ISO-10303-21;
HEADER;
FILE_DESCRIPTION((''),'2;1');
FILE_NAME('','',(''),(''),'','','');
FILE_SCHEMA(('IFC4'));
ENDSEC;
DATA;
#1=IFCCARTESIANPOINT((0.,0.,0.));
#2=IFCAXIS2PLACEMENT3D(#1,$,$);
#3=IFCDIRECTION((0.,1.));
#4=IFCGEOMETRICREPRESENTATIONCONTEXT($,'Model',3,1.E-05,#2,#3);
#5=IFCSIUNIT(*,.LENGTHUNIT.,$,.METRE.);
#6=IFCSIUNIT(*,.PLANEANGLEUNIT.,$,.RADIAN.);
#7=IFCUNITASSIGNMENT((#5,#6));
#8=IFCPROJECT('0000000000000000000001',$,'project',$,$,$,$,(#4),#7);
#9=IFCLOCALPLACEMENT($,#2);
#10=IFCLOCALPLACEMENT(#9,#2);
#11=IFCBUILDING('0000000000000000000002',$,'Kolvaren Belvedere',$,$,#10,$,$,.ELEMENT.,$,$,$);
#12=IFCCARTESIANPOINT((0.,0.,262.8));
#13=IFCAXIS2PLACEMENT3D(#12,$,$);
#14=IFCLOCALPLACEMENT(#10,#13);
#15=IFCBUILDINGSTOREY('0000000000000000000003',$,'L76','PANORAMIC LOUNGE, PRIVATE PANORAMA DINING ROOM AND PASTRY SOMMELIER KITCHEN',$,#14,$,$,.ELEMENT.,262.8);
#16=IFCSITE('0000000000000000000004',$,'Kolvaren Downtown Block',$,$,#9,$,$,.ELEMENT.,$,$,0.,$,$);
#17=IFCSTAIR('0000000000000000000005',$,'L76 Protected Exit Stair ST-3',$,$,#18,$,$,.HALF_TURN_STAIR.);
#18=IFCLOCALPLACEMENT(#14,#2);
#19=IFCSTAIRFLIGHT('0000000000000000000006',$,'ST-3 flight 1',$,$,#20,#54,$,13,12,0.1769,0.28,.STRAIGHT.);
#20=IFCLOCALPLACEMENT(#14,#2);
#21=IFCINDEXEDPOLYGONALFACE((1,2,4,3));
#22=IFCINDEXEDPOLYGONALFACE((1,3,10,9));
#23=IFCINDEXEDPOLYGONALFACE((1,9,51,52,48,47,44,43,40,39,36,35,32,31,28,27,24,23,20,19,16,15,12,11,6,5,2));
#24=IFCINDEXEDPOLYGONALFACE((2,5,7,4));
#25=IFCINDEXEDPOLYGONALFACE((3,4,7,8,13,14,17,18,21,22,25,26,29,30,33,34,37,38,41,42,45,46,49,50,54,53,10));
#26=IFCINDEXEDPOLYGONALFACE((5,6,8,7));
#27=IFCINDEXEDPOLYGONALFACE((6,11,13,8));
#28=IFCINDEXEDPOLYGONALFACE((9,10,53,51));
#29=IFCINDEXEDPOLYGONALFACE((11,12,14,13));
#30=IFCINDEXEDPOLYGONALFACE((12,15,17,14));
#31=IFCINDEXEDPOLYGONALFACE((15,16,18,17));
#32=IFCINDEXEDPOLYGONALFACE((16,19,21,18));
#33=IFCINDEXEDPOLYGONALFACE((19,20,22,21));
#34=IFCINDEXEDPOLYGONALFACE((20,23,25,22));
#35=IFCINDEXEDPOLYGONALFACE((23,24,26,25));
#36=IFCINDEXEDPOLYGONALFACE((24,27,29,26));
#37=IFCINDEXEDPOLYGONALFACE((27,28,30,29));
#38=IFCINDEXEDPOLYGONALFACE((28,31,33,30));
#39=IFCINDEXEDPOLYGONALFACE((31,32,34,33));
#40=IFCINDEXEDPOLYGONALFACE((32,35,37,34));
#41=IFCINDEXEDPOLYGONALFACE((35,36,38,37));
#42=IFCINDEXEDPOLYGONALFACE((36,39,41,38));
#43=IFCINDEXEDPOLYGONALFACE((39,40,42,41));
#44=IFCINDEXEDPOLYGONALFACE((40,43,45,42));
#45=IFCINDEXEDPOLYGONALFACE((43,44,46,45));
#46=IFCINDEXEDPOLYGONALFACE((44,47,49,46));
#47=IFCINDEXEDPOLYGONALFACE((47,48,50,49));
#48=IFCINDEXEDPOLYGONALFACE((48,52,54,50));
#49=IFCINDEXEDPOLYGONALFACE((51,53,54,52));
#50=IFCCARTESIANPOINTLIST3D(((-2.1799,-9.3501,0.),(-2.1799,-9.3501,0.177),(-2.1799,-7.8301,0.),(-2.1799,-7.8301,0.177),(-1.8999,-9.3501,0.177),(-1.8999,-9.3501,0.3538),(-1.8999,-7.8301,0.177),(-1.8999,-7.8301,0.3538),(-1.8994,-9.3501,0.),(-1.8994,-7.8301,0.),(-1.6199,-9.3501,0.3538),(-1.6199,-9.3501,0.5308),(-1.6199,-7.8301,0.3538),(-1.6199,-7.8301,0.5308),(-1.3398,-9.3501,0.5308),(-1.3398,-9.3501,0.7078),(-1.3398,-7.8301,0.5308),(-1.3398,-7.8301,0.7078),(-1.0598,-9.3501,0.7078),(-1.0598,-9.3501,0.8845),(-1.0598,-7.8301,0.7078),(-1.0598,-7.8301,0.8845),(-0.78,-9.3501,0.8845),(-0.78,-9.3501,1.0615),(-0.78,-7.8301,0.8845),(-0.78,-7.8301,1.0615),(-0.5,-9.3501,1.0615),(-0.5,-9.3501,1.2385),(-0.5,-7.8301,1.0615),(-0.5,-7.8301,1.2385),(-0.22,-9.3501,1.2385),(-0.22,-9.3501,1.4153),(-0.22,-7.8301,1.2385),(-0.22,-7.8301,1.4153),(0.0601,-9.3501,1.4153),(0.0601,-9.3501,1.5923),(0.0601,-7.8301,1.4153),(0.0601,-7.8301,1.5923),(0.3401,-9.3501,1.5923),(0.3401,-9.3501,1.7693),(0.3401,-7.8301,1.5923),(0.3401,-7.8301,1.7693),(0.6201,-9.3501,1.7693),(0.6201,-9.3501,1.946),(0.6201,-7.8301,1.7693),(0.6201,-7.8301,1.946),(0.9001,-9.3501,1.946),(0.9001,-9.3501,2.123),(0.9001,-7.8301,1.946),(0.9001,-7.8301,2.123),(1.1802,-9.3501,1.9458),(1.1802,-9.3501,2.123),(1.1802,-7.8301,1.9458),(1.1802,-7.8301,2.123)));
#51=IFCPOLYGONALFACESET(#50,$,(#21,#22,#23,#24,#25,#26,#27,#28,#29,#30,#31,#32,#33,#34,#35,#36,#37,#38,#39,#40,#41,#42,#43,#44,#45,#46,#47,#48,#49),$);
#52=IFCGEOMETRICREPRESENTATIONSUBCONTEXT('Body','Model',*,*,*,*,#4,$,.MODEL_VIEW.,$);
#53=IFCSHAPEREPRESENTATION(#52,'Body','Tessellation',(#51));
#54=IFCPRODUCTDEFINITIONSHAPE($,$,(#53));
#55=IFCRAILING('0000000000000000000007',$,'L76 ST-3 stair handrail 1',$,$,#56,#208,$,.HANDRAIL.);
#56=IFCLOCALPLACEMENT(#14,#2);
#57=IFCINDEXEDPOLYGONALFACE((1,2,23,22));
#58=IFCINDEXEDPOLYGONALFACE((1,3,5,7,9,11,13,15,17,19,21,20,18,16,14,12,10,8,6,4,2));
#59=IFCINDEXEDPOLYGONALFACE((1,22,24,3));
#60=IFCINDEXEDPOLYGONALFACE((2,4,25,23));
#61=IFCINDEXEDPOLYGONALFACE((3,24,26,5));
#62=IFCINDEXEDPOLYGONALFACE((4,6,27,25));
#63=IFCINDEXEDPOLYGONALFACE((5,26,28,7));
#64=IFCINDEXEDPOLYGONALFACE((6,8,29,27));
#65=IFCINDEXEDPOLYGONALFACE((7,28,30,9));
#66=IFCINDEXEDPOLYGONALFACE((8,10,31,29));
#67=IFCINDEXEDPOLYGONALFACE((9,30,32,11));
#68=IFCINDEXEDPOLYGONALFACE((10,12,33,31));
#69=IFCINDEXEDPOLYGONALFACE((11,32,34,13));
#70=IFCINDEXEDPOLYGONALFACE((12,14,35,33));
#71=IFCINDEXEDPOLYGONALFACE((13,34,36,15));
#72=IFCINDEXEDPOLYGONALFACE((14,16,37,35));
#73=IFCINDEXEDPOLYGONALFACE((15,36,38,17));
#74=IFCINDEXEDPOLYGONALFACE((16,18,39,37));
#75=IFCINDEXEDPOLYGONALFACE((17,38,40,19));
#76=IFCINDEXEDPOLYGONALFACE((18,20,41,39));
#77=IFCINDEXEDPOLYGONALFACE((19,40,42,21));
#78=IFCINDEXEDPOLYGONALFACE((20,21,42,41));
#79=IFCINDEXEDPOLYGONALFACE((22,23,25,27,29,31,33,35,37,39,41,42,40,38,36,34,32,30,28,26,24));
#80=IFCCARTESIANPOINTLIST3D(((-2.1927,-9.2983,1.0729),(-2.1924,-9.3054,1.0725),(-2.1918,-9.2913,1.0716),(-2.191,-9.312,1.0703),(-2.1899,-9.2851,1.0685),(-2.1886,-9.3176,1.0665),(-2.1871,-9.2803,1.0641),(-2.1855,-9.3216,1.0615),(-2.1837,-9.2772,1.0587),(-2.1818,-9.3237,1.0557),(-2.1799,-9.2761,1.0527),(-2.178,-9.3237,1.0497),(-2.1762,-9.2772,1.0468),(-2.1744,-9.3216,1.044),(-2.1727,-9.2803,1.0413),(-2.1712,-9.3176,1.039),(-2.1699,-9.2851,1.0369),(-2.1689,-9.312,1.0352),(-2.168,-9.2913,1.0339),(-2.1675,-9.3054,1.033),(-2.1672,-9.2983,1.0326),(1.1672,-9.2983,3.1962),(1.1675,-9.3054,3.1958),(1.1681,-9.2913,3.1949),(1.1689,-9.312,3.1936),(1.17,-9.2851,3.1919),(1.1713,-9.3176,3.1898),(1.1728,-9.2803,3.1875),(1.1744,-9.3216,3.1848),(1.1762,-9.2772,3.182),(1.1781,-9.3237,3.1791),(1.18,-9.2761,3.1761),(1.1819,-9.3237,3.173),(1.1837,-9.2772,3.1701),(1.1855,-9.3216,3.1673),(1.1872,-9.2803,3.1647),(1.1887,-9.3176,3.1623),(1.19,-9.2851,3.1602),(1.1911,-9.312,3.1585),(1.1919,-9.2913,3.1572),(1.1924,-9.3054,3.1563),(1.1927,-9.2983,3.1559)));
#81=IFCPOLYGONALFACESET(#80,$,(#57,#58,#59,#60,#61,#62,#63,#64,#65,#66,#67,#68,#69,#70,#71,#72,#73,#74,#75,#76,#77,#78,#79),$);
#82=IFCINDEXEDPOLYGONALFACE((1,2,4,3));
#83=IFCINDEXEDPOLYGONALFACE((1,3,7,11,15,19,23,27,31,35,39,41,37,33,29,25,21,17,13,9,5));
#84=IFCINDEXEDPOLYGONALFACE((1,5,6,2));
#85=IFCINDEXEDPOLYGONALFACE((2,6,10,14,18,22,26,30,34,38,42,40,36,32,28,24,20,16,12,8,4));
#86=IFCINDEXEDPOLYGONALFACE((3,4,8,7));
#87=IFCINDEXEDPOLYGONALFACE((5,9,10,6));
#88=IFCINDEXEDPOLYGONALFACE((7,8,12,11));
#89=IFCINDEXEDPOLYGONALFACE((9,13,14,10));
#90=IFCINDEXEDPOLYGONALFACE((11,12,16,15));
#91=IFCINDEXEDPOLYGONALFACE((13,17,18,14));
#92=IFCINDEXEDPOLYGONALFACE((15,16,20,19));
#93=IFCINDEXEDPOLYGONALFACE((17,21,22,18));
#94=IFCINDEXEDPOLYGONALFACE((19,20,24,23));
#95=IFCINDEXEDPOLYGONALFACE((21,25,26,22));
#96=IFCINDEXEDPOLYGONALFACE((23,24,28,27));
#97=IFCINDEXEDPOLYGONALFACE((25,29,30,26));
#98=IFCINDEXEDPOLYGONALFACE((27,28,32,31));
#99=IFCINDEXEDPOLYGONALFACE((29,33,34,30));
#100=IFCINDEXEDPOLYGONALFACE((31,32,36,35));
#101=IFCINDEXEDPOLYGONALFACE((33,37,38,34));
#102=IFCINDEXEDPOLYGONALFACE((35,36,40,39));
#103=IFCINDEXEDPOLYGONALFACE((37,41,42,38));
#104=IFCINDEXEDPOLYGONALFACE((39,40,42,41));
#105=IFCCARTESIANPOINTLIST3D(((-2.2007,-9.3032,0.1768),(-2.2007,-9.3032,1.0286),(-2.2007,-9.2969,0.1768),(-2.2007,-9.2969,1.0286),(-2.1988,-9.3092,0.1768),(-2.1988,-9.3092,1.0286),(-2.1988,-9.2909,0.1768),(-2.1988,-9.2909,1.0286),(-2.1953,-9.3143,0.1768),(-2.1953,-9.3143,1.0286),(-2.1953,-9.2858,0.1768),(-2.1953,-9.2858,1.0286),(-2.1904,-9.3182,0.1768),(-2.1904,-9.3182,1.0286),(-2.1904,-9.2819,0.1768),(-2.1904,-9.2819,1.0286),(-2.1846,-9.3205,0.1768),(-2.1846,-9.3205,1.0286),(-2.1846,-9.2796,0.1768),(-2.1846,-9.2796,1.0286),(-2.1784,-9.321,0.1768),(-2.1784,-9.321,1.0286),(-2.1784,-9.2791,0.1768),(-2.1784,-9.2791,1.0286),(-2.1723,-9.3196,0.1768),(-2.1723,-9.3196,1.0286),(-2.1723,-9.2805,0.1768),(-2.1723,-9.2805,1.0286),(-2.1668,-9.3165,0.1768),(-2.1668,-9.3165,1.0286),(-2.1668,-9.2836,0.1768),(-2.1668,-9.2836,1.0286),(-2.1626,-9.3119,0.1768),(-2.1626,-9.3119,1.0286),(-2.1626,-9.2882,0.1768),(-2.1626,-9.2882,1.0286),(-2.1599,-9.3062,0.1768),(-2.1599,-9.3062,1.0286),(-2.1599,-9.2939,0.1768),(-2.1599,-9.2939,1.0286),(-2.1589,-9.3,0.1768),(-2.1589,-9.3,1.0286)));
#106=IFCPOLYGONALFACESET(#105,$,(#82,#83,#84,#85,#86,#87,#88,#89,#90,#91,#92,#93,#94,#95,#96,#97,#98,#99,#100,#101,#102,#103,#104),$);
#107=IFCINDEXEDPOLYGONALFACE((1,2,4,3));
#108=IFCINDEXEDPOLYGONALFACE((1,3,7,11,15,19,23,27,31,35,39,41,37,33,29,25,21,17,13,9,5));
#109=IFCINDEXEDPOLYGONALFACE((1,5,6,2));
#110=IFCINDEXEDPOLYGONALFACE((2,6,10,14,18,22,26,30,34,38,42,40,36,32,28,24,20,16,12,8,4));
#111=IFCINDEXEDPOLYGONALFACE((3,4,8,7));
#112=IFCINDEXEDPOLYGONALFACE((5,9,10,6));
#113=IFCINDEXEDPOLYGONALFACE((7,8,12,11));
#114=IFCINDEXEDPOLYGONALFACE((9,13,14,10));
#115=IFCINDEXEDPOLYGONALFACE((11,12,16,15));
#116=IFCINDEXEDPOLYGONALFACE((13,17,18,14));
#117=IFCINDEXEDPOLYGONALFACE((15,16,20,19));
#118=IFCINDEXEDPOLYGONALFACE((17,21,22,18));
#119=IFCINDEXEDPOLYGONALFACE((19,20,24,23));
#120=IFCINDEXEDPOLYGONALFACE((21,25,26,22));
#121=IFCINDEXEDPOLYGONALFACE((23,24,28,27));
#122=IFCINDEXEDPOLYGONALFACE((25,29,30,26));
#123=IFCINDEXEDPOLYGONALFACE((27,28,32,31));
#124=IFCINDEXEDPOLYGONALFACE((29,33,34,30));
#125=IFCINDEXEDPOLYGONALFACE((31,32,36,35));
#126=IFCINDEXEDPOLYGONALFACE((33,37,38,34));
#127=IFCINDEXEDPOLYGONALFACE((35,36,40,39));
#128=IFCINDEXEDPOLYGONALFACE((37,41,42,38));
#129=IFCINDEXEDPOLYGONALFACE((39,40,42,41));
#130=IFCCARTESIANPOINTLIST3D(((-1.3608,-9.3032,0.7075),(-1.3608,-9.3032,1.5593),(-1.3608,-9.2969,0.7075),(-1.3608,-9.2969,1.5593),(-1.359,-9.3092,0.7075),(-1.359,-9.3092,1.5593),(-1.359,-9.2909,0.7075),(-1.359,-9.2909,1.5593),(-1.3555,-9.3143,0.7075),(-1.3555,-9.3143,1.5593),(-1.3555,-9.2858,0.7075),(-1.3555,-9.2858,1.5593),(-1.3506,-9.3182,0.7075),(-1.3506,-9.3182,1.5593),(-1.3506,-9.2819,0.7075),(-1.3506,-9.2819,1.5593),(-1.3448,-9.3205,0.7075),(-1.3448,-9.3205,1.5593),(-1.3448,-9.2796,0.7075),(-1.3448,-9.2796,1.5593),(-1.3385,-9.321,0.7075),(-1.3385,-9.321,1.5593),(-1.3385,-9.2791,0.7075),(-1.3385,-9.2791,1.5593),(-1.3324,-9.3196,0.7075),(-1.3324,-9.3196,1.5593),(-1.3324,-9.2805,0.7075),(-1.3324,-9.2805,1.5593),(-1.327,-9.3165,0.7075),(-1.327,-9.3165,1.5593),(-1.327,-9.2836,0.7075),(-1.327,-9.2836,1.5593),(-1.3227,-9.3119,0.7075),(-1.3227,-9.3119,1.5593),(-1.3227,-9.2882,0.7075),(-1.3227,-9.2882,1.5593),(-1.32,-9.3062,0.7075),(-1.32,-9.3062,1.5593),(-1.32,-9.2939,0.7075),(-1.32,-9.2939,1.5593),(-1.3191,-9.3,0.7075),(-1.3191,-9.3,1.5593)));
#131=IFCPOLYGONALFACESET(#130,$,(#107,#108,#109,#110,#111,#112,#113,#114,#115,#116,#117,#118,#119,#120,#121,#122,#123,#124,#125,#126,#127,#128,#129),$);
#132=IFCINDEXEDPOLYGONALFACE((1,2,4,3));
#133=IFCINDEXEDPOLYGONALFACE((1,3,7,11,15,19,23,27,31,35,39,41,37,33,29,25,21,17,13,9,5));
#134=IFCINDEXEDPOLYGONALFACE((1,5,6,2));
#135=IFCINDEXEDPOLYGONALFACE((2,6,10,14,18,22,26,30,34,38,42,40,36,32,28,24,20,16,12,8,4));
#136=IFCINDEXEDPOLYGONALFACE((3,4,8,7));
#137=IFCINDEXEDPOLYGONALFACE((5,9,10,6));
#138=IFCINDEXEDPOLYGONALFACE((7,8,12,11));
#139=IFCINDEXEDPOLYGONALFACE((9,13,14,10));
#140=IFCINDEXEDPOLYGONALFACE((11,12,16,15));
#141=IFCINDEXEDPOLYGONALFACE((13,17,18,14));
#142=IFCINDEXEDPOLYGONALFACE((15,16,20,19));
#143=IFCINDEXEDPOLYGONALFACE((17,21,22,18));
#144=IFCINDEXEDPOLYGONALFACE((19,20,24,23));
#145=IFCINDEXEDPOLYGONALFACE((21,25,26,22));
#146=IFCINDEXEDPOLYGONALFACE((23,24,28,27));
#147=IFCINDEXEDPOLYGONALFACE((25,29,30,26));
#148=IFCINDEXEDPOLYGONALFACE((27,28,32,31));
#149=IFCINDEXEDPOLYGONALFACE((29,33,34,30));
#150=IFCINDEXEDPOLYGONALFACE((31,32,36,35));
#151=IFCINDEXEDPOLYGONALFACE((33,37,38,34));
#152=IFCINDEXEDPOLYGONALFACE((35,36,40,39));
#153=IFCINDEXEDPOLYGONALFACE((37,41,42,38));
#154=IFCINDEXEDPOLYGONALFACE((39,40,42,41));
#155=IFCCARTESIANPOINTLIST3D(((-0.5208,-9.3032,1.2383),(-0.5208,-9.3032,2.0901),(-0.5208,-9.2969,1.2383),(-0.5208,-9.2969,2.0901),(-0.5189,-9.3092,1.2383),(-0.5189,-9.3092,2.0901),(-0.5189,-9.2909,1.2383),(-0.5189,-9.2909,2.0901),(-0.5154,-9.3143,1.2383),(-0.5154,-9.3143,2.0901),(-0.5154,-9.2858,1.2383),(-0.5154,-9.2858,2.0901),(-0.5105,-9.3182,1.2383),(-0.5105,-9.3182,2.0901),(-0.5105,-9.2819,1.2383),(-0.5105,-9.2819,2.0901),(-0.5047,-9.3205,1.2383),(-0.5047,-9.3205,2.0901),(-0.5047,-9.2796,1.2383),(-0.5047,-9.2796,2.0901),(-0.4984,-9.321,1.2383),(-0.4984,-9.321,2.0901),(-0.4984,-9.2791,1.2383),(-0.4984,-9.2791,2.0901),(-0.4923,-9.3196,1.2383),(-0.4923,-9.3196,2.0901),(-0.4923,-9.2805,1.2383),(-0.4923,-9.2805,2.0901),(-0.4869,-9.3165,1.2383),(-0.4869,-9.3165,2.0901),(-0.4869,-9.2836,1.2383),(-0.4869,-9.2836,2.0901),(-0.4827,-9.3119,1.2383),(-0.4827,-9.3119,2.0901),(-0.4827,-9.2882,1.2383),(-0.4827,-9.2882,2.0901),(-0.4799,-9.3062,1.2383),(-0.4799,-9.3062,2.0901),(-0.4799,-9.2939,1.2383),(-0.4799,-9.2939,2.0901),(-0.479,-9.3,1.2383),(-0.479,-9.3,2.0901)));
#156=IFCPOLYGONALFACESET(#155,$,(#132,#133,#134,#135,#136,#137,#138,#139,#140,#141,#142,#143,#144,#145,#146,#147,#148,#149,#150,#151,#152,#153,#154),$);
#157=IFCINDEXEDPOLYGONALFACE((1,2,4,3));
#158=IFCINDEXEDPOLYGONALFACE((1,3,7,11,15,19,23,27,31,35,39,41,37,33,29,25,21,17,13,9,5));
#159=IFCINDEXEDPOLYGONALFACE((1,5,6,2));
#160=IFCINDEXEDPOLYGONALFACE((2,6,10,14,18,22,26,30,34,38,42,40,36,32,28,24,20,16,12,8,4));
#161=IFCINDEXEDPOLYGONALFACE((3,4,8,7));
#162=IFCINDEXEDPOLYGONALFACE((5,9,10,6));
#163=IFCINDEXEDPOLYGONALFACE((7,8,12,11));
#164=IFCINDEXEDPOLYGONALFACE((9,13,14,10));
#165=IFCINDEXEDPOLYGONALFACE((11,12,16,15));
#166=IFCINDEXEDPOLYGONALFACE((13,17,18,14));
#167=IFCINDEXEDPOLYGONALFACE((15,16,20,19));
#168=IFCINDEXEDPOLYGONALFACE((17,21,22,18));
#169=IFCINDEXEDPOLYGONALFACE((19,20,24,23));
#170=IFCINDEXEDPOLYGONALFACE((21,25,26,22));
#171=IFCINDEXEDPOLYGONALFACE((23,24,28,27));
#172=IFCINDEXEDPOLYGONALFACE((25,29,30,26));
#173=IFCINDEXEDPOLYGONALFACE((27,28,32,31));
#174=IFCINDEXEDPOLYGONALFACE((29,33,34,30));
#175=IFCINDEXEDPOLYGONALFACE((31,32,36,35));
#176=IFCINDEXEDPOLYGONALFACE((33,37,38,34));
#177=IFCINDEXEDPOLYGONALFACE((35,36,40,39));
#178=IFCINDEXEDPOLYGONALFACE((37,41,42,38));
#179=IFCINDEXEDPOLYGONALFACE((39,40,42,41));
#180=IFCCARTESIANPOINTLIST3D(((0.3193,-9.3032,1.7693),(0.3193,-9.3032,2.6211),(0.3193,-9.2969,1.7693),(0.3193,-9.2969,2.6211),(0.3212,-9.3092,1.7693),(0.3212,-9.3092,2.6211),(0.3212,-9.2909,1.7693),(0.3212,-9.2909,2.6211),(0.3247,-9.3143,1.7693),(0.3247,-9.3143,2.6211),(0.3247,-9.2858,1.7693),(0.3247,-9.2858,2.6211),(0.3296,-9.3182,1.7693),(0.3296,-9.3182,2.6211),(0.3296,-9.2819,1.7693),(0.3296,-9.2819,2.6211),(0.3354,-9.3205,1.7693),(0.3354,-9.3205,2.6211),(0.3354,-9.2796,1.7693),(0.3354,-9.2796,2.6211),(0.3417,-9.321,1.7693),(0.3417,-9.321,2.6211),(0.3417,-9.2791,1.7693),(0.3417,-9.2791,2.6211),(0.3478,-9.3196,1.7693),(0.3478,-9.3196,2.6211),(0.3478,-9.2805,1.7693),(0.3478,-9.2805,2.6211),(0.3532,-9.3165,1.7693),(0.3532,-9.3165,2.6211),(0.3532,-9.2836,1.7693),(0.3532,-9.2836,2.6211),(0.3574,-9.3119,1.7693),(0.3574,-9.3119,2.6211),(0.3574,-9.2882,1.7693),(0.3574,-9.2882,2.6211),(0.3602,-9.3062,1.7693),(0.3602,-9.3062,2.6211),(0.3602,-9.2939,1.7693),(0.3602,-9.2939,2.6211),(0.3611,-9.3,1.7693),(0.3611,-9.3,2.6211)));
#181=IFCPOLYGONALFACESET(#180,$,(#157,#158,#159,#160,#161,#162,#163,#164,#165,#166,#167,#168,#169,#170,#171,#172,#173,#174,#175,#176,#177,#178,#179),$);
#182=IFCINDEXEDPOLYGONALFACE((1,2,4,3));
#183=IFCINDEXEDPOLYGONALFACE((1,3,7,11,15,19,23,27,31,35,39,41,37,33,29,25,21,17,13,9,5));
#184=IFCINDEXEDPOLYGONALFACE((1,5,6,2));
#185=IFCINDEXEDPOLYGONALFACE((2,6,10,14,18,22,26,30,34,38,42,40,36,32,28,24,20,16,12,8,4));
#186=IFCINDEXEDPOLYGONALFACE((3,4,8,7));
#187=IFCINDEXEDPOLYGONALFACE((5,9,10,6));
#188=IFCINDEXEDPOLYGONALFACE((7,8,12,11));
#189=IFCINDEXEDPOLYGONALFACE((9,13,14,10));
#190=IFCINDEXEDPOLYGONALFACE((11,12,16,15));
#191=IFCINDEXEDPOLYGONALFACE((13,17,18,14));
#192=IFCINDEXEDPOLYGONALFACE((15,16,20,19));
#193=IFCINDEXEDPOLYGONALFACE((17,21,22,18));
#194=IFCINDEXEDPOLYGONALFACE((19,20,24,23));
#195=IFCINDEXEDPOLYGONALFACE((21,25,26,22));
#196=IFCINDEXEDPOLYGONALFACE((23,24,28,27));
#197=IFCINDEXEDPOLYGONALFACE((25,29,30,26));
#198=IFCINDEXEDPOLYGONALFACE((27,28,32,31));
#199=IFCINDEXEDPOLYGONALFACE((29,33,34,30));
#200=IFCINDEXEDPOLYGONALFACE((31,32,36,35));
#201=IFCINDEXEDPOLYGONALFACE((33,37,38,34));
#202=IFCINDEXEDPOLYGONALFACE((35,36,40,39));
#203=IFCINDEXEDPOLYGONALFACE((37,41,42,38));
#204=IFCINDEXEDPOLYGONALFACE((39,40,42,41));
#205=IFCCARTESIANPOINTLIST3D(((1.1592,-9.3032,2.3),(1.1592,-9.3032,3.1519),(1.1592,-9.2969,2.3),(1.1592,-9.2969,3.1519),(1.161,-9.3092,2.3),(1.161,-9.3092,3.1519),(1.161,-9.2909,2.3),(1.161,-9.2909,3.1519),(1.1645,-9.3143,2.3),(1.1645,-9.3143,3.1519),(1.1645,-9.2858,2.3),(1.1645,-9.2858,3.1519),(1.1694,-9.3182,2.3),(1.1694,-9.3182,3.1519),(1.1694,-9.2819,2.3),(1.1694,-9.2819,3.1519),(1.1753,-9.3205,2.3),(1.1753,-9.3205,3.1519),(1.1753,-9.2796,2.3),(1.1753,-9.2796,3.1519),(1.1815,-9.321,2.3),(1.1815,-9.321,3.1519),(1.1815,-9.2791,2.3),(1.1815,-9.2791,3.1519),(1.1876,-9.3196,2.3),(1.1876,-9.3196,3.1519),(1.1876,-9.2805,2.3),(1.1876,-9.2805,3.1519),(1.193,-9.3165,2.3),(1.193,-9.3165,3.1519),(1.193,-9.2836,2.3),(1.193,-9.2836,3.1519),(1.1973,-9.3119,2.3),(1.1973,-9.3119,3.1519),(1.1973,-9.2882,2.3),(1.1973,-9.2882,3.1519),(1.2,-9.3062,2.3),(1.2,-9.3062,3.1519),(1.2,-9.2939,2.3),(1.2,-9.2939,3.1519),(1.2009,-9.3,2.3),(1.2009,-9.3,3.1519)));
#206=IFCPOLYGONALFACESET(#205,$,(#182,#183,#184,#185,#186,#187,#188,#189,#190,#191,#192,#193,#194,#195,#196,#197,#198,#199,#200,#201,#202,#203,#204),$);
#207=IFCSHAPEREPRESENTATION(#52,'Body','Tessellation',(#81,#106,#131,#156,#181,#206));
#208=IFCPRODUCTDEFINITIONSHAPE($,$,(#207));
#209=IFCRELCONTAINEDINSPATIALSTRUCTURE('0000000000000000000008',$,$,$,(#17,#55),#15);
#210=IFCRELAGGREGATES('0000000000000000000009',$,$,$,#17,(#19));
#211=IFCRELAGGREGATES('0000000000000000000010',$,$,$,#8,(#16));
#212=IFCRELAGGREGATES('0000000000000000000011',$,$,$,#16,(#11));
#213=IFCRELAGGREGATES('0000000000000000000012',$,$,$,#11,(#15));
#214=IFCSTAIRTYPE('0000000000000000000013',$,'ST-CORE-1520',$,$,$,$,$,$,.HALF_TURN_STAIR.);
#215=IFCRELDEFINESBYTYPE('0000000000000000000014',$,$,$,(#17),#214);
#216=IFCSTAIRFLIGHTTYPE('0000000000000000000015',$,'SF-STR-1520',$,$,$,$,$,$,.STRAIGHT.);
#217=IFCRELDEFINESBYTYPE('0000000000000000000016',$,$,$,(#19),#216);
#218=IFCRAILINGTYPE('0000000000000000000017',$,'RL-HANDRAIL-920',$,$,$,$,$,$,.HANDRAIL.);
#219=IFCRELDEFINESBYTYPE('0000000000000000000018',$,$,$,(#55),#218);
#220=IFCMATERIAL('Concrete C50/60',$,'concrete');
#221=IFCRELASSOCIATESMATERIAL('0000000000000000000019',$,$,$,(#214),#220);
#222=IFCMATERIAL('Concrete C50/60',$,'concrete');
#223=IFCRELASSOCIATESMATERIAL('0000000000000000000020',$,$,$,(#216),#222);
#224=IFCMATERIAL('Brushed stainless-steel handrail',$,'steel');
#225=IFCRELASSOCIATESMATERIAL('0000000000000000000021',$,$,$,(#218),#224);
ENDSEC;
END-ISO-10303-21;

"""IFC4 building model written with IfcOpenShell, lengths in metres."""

from ifc_helpers import new_model, si_unit, direction, frame, origin, origin_2d, place, context, subcontext, project, spatial, polyline, circle, outline, extrude, material, type_object, element, aggregate, save


model = new_model("IFC4")

# Units and contexts
model_context = context("Model", 3, precision=1e-05, world=origin(), true_north=direction((0.0, 1.0)))
body_context = subcontext(model_context, "Body", "Model", "MODEL_VIEW")
ifc_project = project(units=[si_unit("LENGTHUNIT", "METRE"), si_unit("PLANEANGLEUNIT", "RADIAN")], contexts=[model_context])

# Site, building, storey
site_placement = place(None, origin())
site = spatial("IfcSite", under=ifc_project, at=site_placement, Name="Kolvaren Downtown Block", CompositionType="ELEMENT", RefElevation=0.0)
building_placement = place(site_placement, origin())
building = spatial("IfcBuilding", under=site, at=building_placement, Name="Kolvaren Belvedere", CompositionType="ELEMENT")
storey_placement = place(building_placement, frame((0.0, 0.0, 262.8)))
storey = spatial("IfcBuildingStorey", under=building, at=storey_placement, Name="L76", Description="PANORAMIC LOUNGE, PRIVATE PANORAMA DINING ROOM AND PASTRY SOMMELIER KITCHEN", CompositionType="ELEMENT", Elevation=262.8)

# Stair, stair flight
ifc_material_1 = material(Name="Concrete C50/60", Category="concrete")
stair_type = type_object("IfcStairType", Name="ST-CORE-1520", PredefinedType="HALF_TURN_STAIR", material=ifc_material_1)
stair_placement = place(storey_placement, origin())
stair = element("IfcStair", 1, at=stair_placement, inside=storey, type_object=stair_type, Name="L76 Protected Exit Stair ST-3", PredefinedType="HALF_TURN_STAIR")
ifc_material_2 = material(Name="Concrete C50/60", Category="concrete")
stair_flight_type = type_object("IfcStairFlightType", Name="SF-STR-1520", PredefinedType="STRAIGHT", material=ifc_material_2)
stair_flight_placement = place(storey_placement, frame((-2.1799, -8.5901, 0.0), z_axis=(0.0, 0.0, 1.0), x_axis=(1.0, 0.0, 0.0)))
stair_flight = element("IfcStairFlight", 2, at=stair_flight_placement, type_object=stair_flight_type, Name="ST-3 flight 1", NumberOfRisers=13, NumberOfTreads=12, PredefinedType="STRAIGHT", RiserHeight=0.1769, TreadLength=0.28, context=body_context, shape_type="SweptSolid", body=[
    extrude(outline(polyline([(0.0, 0.0), (0.0, 0.177), (0.28, 0.177), (0.28, 0.3538), (0.5601, 0.3538), (0.5601, 0.5308), (0.8401, 0.5308), (0.8401, 0.7078), (1.1201, 0.7078), (1.1201, 0.8845), (1.3999, 0.8845), (1.3999, 1.0615), (1.6799, 1.0615), (1.6799, 1.2385), (1.96, 1.2385), (1.96, 1.4153), (2.24, 1.4153), (2.24, 1.5923), (2.52, 1.5923), (2.52, 1.7693), (2.8, 1.7693), (2.8, 1.946), (3.0801, 1.946), (3.0801, 2.123), (3.3601, 2.123), (3.3601, 2.3), (3.3601, 1.9458), (0.2805, 0.0), (0.0, 0.0)])), frame((0.0, 0.76, 0.0), z_axis=(0.0, -1.0, 0.0), x_axis=(1.0, 0.0, 0.0)), (0.0, 0.0, 1.0), 1.52),
])
aggregate(stair, [stair_flight])

# Railing
ifc_material_3 = material(Name="Brushed stainless-steel handrail", Category="steel")
railing_type_1 = type_object("IfcRailingType", Name="RL-HANDRAIL-920", PredefinedType="HANDRAIL", material=ifc_material_3)
railing_1_placement = place(storey_placement, frame((-2.1799, -9.3, 0.1768)))
element("IfcRailing", 3, at=railing_1_placement, inside=storey, type_object=railing_type_1, Name="L76 ST-3 stair handrail 1", PredefinedType="HANDRAIL", context=body_context, shape_type="SweptSolid", body=[
    extrude(circle(Radius=0.0239, at=origin_2d()), frame((0.0, 0.0, 0.876), z_axis=(0.845344, 0.0, 0.534222), x_axis=(0.0, 1.0, 0.0)), (0.0, 0.0, 1.0), 3.9746),
    extrude(circle(Radius=0.021, at=origin_2d()), origin(), (0.0, 0.0, 1.0), 0.8518),
    extrude(circle(Radius=0.021, at=origin_2d()), frame((0.8398, 0.0, 0.5308)), (0.0, 0.0, 1.0), 0.8518),
    extrude(circle(Radius=0.021, at=origin_2d()), frame((1.6799, 0.0, 1.0615)), (0.0, 0.0, 1.0), 0.8518),
    extrude(circle(Radius=0.021, at=origin_2d()), frame((2.52, 0.0, 1.5925)), (0.0, 0.0, 1.0), 0.8518),
    extrude(circle(Radius=0.021, at=origin_2d()), frame((3.3599, 0.0, 2.1233)), (0.0, 0.0, 1.0), 0.8518),
])

save(model, "model.ifc")
